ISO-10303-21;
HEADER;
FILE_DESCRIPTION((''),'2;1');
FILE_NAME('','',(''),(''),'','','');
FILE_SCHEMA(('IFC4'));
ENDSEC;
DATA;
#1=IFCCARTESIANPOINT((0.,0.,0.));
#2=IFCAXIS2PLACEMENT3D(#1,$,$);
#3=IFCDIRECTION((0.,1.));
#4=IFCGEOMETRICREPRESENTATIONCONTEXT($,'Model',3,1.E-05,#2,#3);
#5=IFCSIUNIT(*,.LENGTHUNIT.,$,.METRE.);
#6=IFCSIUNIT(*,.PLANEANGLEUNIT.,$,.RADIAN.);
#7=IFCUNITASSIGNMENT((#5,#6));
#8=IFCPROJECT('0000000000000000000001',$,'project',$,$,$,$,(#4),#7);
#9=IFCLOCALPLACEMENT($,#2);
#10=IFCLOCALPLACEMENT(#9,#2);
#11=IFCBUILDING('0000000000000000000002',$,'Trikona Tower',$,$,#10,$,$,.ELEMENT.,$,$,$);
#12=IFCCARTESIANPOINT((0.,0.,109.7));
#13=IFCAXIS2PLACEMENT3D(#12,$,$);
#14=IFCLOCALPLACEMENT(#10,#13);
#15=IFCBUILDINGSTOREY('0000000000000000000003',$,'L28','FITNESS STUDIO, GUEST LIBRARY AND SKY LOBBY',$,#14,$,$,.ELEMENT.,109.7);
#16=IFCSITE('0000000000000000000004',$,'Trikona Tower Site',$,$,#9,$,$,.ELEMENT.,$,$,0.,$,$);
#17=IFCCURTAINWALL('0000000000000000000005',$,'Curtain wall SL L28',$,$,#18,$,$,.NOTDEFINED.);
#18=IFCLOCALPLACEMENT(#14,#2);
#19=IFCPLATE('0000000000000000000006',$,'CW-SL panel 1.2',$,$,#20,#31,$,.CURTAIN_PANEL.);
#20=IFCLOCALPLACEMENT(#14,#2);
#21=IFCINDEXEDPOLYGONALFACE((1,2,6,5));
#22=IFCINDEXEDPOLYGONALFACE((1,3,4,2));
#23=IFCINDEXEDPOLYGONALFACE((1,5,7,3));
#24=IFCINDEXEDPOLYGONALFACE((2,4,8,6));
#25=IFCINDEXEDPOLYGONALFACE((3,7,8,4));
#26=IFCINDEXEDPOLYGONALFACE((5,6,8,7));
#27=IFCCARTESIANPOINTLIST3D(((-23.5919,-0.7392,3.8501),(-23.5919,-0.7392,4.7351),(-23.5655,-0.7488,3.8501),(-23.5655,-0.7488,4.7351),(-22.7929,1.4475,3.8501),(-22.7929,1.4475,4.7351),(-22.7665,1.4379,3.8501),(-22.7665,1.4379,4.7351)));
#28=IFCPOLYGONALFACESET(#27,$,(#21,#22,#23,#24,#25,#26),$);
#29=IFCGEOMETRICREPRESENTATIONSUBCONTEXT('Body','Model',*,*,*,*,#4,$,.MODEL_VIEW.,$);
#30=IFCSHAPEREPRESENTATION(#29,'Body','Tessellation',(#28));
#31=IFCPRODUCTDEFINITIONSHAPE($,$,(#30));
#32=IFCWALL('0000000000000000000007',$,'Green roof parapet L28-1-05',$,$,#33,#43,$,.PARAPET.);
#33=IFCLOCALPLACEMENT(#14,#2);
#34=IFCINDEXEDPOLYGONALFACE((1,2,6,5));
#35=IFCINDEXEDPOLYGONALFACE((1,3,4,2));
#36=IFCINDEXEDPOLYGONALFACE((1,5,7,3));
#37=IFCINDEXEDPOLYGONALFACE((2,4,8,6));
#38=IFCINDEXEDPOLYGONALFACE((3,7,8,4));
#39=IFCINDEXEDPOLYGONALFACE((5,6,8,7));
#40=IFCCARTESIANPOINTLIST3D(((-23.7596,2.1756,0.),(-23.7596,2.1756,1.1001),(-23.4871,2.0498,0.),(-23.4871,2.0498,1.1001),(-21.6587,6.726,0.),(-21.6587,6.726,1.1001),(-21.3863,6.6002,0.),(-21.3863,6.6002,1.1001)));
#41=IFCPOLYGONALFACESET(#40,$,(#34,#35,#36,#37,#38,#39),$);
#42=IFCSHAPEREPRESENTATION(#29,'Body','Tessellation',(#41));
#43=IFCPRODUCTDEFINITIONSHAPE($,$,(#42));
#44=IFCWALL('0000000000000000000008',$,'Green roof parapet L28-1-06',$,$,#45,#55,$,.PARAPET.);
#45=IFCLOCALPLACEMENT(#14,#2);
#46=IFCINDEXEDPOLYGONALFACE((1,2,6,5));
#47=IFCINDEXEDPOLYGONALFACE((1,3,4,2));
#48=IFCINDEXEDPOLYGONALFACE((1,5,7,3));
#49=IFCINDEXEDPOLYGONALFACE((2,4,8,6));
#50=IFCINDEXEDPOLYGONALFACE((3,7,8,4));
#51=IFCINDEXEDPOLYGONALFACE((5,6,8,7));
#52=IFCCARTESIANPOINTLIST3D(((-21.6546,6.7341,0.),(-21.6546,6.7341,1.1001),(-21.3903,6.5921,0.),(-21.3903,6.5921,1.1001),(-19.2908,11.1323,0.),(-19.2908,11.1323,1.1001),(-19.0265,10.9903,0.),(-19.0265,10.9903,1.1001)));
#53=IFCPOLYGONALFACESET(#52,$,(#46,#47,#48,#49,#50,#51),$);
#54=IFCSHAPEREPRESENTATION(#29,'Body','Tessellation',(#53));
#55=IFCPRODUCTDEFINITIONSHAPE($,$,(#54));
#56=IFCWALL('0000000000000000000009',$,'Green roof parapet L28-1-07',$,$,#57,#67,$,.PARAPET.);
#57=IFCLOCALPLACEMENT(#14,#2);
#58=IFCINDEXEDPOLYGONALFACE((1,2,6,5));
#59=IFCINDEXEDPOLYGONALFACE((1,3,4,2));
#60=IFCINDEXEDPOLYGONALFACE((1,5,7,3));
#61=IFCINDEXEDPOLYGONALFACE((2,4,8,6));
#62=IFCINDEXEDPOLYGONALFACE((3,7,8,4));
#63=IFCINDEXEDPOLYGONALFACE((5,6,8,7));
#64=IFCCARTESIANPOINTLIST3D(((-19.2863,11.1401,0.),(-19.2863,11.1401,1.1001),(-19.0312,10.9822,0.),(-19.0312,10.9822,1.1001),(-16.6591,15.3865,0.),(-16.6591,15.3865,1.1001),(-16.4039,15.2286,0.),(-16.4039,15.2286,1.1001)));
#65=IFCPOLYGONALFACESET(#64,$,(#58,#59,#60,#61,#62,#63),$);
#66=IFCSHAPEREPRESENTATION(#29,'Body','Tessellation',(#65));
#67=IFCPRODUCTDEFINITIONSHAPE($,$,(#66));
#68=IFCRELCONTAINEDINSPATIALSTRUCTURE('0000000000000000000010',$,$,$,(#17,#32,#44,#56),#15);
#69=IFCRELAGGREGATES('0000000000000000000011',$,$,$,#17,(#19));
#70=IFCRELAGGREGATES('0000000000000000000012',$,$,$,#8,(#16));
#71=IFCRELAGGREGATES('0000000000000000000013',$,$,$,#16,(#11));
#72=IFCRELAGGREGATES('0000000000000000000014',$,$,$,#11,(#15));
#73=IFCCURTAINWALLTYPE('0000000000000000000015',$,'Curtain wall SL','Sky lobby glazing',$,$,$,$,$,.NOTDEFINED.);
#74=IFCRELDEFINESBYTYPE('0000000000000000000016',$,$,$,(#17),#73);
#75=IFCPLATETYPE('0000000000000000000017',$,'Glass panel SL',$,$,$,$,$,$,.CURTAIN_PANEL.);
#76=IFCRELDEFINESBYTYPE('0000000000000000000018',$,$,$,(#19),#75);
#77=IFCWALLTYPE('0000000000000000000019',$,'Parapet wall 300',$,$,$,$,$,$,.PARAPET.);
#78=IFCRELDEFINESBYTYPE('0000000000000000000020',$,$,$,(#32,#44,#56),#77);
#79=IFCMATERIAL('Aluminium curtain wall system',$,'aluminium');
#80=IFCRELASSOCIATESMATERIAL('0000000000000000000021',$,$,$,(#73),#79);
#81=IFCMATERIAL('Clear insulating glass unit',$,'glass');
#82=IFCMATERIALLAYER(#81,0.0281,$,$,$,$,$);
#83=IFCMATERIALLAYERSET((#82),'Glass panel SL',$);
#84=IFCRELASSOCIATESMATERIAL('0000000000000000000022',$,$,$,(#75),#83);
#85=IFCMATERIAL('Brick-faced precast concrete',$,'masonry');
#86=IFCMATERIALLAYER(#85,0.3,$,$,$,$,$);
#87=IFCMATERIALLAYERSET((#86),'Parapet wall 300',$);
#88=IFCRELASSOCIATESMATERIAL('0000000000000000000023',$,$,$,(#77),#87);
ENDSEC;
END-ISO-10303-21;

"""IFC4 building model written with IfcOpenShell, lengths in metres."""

from ifc_helpers import new_model, si_unit, direction, frame, frame_2d, origin, origin_2d, place, context, subcontext, project, spatial, rectangle, extrude, material, layer, layer_set, type_object, element, aggregate, save


model = new_model("IFC4")

# Units and contexts
model_context = context("Model", 3, precision=1e-05, world=origin(), true_north=direction((0.0, 1.0)))
body_context = subcontext(model_context, "Body", "Model", "MODEL_VIEW")
ifc_project = project(units=[si_unit("LENGTHUNIT", "METRE"), si_unit("PLANEANGLEUNIT", "RADIAN")], contexts=[model_context])

# Site, building, storey
site_placement = place(None, origin())
site = spatial("IfcSite", under=ifc_project, at=site_placement, Name="Trikona Tower Site", CompositionType="ELEMENT", RefElevation=0.0)
building_placement = place(site_placement, origin())
building = spatial("IfcBuilding", under=site, at=building_placement, Name="Trikona Tower", CompositionType="ELEMENT")
storey_placement = place(building_placement, frame((0.0, 0.0, 109.7)))
storey = spatial("IfcBuildingStorey", under=building, at=storey_placement, Name="L28", Description="FITNESS STUDIO, GUEST LIBRARY AND SKY LOBBY", CompositionType="ELEMENT", Elevation=109.7)

# Shared definitions
ifc_material_1 = material(Name="Aluminium curtain wall system", Category="aluminium")
curtain_wall_type = type_object("IfcCurtainWallType", Name="Curtain wall SL", Description="Sky lobby glazing", PredefinedType="NOTDEFINED", material=ifc_material_1)

# Curtain wall
curtain_wall_1_placement = place(storey_placement, origin())
curtain_wall_1 = element("IfcCurtainWall", 1, at=curtain_wall_1_placement, inside=storey, type_object=curtain_wall_type, Name="Curtain wall SL L28", PredefinedType="NOTDEFINED")

# Plate
ifc_material_2 = material(Name="Clear insulating glass unit", Category="glass")
ifc_layer_1 = layer(ifc_material_2, 0.0281)
ifc_layer_set_1 = layer_set([ifc_layer_1], Name="Glass panel SL")
plate_type = type_object("IfcPlateType", Name="Glass panel SL", PredefinedType="CURTAIN_PANEL", material=ifc_layer_set_1)
plate_1_placement = place(storey_placement, frame((-23.1792, 0.3494, 3.8501), z_axis=(0.0, 0.0, 1.0), x_axis=(-0.343217, -0.939256, 0.0)))
plate_1 = element("IfcPlate", 2, at=plate_1_placement, type_object=plate_type, Name="CW-SL panel 1.2", PredefinedType="CURTAIN_PANEL", context=body_context, shape_type="SweptSolid", body=[
    extrude(rectangle(XDim=2.3281, YDim=0.0281, at=origin_2d()), origin(), (0.0, 0.0, 1.0), 0.885),
])
aggregate(curtain_wall_1, [plate_1])

# Walls
ifc_material_3 = material(Name="Brick-faced precast concrete", Category="masonry")
ifc_layer_2 = layer(ifc_material_3, 0.3)
ifc_layer_set_2 = layer_set([ifc_layer_2], Name="Parapet wall 300")
wall_type = type_object("IfcWallType", Name="Parapet wall 300", PredefinedType="PARAPET", material=ifc_layer_set_2)
wall_1_placement = place(storey_placement, frame((-23.6233, 2.1128, 0.0), z_axis=(0.0, 0.0, 1.0), x_axis=(0.419172, 0.907907, 0.0)))
element("IfcWall", 3, at=wall_1_placement, inside=storey, type_object=wall_type, Name="Green roof parapet L28-1-05", PredefinedType="PARAPET", context=body_context, shape_type="SweptSolid", body=[
    extrude(rectangle(XDim=5.012, YDim=0.3, at=frame_2d((2.5059, 0.0))), origin(), (0.0, 0.0, 1.0), 1.1001),
])
wall_2_placement = place(storey_placement, frame((-21.5225, 6.6631, 0.0), z_axis=(0.0, 0.0, 1.0), x_axis=(0.473403, 0.880846, 0.0)))
element("IfcWall", 4, at=wall_2_placement, inside=storey, type_object=wall_type, Name="Green roof parapet L28-1-06", PredefinedType="PARAPET", context=body_context, shape_type="SweptSolid", body=[
    extrude(rectangle(XDim=4.9932, YDim=0.3, at=frame_2d((2.4966, 0.0))), origin(), (0.0, 0.0, 1.0), 1.1001),
])
wall_3_placement = place(storey_placement, frame((-19.1587, 11.0613, 0.0), z_axis=(0.0, 0.0, 1.0), x_axis=(0.526139, 0.850398, 0.0)))
element("IfcWall", 5, at=wall_3_placement, inside=storey, type_object=wall_type, Name="Green roof parapet L28-1-07", PredefinedType="PARAPET", context=body_context, shape_type="SweptSolid", body=[
    extrude(rectangle(XDim=4.9934, YDim=0.3, at=frame_2d((2.4966, 0.0))), origin(), (0.0, 0.0, 1.0), 1.1001),
])

save(model, "model.ifc")
